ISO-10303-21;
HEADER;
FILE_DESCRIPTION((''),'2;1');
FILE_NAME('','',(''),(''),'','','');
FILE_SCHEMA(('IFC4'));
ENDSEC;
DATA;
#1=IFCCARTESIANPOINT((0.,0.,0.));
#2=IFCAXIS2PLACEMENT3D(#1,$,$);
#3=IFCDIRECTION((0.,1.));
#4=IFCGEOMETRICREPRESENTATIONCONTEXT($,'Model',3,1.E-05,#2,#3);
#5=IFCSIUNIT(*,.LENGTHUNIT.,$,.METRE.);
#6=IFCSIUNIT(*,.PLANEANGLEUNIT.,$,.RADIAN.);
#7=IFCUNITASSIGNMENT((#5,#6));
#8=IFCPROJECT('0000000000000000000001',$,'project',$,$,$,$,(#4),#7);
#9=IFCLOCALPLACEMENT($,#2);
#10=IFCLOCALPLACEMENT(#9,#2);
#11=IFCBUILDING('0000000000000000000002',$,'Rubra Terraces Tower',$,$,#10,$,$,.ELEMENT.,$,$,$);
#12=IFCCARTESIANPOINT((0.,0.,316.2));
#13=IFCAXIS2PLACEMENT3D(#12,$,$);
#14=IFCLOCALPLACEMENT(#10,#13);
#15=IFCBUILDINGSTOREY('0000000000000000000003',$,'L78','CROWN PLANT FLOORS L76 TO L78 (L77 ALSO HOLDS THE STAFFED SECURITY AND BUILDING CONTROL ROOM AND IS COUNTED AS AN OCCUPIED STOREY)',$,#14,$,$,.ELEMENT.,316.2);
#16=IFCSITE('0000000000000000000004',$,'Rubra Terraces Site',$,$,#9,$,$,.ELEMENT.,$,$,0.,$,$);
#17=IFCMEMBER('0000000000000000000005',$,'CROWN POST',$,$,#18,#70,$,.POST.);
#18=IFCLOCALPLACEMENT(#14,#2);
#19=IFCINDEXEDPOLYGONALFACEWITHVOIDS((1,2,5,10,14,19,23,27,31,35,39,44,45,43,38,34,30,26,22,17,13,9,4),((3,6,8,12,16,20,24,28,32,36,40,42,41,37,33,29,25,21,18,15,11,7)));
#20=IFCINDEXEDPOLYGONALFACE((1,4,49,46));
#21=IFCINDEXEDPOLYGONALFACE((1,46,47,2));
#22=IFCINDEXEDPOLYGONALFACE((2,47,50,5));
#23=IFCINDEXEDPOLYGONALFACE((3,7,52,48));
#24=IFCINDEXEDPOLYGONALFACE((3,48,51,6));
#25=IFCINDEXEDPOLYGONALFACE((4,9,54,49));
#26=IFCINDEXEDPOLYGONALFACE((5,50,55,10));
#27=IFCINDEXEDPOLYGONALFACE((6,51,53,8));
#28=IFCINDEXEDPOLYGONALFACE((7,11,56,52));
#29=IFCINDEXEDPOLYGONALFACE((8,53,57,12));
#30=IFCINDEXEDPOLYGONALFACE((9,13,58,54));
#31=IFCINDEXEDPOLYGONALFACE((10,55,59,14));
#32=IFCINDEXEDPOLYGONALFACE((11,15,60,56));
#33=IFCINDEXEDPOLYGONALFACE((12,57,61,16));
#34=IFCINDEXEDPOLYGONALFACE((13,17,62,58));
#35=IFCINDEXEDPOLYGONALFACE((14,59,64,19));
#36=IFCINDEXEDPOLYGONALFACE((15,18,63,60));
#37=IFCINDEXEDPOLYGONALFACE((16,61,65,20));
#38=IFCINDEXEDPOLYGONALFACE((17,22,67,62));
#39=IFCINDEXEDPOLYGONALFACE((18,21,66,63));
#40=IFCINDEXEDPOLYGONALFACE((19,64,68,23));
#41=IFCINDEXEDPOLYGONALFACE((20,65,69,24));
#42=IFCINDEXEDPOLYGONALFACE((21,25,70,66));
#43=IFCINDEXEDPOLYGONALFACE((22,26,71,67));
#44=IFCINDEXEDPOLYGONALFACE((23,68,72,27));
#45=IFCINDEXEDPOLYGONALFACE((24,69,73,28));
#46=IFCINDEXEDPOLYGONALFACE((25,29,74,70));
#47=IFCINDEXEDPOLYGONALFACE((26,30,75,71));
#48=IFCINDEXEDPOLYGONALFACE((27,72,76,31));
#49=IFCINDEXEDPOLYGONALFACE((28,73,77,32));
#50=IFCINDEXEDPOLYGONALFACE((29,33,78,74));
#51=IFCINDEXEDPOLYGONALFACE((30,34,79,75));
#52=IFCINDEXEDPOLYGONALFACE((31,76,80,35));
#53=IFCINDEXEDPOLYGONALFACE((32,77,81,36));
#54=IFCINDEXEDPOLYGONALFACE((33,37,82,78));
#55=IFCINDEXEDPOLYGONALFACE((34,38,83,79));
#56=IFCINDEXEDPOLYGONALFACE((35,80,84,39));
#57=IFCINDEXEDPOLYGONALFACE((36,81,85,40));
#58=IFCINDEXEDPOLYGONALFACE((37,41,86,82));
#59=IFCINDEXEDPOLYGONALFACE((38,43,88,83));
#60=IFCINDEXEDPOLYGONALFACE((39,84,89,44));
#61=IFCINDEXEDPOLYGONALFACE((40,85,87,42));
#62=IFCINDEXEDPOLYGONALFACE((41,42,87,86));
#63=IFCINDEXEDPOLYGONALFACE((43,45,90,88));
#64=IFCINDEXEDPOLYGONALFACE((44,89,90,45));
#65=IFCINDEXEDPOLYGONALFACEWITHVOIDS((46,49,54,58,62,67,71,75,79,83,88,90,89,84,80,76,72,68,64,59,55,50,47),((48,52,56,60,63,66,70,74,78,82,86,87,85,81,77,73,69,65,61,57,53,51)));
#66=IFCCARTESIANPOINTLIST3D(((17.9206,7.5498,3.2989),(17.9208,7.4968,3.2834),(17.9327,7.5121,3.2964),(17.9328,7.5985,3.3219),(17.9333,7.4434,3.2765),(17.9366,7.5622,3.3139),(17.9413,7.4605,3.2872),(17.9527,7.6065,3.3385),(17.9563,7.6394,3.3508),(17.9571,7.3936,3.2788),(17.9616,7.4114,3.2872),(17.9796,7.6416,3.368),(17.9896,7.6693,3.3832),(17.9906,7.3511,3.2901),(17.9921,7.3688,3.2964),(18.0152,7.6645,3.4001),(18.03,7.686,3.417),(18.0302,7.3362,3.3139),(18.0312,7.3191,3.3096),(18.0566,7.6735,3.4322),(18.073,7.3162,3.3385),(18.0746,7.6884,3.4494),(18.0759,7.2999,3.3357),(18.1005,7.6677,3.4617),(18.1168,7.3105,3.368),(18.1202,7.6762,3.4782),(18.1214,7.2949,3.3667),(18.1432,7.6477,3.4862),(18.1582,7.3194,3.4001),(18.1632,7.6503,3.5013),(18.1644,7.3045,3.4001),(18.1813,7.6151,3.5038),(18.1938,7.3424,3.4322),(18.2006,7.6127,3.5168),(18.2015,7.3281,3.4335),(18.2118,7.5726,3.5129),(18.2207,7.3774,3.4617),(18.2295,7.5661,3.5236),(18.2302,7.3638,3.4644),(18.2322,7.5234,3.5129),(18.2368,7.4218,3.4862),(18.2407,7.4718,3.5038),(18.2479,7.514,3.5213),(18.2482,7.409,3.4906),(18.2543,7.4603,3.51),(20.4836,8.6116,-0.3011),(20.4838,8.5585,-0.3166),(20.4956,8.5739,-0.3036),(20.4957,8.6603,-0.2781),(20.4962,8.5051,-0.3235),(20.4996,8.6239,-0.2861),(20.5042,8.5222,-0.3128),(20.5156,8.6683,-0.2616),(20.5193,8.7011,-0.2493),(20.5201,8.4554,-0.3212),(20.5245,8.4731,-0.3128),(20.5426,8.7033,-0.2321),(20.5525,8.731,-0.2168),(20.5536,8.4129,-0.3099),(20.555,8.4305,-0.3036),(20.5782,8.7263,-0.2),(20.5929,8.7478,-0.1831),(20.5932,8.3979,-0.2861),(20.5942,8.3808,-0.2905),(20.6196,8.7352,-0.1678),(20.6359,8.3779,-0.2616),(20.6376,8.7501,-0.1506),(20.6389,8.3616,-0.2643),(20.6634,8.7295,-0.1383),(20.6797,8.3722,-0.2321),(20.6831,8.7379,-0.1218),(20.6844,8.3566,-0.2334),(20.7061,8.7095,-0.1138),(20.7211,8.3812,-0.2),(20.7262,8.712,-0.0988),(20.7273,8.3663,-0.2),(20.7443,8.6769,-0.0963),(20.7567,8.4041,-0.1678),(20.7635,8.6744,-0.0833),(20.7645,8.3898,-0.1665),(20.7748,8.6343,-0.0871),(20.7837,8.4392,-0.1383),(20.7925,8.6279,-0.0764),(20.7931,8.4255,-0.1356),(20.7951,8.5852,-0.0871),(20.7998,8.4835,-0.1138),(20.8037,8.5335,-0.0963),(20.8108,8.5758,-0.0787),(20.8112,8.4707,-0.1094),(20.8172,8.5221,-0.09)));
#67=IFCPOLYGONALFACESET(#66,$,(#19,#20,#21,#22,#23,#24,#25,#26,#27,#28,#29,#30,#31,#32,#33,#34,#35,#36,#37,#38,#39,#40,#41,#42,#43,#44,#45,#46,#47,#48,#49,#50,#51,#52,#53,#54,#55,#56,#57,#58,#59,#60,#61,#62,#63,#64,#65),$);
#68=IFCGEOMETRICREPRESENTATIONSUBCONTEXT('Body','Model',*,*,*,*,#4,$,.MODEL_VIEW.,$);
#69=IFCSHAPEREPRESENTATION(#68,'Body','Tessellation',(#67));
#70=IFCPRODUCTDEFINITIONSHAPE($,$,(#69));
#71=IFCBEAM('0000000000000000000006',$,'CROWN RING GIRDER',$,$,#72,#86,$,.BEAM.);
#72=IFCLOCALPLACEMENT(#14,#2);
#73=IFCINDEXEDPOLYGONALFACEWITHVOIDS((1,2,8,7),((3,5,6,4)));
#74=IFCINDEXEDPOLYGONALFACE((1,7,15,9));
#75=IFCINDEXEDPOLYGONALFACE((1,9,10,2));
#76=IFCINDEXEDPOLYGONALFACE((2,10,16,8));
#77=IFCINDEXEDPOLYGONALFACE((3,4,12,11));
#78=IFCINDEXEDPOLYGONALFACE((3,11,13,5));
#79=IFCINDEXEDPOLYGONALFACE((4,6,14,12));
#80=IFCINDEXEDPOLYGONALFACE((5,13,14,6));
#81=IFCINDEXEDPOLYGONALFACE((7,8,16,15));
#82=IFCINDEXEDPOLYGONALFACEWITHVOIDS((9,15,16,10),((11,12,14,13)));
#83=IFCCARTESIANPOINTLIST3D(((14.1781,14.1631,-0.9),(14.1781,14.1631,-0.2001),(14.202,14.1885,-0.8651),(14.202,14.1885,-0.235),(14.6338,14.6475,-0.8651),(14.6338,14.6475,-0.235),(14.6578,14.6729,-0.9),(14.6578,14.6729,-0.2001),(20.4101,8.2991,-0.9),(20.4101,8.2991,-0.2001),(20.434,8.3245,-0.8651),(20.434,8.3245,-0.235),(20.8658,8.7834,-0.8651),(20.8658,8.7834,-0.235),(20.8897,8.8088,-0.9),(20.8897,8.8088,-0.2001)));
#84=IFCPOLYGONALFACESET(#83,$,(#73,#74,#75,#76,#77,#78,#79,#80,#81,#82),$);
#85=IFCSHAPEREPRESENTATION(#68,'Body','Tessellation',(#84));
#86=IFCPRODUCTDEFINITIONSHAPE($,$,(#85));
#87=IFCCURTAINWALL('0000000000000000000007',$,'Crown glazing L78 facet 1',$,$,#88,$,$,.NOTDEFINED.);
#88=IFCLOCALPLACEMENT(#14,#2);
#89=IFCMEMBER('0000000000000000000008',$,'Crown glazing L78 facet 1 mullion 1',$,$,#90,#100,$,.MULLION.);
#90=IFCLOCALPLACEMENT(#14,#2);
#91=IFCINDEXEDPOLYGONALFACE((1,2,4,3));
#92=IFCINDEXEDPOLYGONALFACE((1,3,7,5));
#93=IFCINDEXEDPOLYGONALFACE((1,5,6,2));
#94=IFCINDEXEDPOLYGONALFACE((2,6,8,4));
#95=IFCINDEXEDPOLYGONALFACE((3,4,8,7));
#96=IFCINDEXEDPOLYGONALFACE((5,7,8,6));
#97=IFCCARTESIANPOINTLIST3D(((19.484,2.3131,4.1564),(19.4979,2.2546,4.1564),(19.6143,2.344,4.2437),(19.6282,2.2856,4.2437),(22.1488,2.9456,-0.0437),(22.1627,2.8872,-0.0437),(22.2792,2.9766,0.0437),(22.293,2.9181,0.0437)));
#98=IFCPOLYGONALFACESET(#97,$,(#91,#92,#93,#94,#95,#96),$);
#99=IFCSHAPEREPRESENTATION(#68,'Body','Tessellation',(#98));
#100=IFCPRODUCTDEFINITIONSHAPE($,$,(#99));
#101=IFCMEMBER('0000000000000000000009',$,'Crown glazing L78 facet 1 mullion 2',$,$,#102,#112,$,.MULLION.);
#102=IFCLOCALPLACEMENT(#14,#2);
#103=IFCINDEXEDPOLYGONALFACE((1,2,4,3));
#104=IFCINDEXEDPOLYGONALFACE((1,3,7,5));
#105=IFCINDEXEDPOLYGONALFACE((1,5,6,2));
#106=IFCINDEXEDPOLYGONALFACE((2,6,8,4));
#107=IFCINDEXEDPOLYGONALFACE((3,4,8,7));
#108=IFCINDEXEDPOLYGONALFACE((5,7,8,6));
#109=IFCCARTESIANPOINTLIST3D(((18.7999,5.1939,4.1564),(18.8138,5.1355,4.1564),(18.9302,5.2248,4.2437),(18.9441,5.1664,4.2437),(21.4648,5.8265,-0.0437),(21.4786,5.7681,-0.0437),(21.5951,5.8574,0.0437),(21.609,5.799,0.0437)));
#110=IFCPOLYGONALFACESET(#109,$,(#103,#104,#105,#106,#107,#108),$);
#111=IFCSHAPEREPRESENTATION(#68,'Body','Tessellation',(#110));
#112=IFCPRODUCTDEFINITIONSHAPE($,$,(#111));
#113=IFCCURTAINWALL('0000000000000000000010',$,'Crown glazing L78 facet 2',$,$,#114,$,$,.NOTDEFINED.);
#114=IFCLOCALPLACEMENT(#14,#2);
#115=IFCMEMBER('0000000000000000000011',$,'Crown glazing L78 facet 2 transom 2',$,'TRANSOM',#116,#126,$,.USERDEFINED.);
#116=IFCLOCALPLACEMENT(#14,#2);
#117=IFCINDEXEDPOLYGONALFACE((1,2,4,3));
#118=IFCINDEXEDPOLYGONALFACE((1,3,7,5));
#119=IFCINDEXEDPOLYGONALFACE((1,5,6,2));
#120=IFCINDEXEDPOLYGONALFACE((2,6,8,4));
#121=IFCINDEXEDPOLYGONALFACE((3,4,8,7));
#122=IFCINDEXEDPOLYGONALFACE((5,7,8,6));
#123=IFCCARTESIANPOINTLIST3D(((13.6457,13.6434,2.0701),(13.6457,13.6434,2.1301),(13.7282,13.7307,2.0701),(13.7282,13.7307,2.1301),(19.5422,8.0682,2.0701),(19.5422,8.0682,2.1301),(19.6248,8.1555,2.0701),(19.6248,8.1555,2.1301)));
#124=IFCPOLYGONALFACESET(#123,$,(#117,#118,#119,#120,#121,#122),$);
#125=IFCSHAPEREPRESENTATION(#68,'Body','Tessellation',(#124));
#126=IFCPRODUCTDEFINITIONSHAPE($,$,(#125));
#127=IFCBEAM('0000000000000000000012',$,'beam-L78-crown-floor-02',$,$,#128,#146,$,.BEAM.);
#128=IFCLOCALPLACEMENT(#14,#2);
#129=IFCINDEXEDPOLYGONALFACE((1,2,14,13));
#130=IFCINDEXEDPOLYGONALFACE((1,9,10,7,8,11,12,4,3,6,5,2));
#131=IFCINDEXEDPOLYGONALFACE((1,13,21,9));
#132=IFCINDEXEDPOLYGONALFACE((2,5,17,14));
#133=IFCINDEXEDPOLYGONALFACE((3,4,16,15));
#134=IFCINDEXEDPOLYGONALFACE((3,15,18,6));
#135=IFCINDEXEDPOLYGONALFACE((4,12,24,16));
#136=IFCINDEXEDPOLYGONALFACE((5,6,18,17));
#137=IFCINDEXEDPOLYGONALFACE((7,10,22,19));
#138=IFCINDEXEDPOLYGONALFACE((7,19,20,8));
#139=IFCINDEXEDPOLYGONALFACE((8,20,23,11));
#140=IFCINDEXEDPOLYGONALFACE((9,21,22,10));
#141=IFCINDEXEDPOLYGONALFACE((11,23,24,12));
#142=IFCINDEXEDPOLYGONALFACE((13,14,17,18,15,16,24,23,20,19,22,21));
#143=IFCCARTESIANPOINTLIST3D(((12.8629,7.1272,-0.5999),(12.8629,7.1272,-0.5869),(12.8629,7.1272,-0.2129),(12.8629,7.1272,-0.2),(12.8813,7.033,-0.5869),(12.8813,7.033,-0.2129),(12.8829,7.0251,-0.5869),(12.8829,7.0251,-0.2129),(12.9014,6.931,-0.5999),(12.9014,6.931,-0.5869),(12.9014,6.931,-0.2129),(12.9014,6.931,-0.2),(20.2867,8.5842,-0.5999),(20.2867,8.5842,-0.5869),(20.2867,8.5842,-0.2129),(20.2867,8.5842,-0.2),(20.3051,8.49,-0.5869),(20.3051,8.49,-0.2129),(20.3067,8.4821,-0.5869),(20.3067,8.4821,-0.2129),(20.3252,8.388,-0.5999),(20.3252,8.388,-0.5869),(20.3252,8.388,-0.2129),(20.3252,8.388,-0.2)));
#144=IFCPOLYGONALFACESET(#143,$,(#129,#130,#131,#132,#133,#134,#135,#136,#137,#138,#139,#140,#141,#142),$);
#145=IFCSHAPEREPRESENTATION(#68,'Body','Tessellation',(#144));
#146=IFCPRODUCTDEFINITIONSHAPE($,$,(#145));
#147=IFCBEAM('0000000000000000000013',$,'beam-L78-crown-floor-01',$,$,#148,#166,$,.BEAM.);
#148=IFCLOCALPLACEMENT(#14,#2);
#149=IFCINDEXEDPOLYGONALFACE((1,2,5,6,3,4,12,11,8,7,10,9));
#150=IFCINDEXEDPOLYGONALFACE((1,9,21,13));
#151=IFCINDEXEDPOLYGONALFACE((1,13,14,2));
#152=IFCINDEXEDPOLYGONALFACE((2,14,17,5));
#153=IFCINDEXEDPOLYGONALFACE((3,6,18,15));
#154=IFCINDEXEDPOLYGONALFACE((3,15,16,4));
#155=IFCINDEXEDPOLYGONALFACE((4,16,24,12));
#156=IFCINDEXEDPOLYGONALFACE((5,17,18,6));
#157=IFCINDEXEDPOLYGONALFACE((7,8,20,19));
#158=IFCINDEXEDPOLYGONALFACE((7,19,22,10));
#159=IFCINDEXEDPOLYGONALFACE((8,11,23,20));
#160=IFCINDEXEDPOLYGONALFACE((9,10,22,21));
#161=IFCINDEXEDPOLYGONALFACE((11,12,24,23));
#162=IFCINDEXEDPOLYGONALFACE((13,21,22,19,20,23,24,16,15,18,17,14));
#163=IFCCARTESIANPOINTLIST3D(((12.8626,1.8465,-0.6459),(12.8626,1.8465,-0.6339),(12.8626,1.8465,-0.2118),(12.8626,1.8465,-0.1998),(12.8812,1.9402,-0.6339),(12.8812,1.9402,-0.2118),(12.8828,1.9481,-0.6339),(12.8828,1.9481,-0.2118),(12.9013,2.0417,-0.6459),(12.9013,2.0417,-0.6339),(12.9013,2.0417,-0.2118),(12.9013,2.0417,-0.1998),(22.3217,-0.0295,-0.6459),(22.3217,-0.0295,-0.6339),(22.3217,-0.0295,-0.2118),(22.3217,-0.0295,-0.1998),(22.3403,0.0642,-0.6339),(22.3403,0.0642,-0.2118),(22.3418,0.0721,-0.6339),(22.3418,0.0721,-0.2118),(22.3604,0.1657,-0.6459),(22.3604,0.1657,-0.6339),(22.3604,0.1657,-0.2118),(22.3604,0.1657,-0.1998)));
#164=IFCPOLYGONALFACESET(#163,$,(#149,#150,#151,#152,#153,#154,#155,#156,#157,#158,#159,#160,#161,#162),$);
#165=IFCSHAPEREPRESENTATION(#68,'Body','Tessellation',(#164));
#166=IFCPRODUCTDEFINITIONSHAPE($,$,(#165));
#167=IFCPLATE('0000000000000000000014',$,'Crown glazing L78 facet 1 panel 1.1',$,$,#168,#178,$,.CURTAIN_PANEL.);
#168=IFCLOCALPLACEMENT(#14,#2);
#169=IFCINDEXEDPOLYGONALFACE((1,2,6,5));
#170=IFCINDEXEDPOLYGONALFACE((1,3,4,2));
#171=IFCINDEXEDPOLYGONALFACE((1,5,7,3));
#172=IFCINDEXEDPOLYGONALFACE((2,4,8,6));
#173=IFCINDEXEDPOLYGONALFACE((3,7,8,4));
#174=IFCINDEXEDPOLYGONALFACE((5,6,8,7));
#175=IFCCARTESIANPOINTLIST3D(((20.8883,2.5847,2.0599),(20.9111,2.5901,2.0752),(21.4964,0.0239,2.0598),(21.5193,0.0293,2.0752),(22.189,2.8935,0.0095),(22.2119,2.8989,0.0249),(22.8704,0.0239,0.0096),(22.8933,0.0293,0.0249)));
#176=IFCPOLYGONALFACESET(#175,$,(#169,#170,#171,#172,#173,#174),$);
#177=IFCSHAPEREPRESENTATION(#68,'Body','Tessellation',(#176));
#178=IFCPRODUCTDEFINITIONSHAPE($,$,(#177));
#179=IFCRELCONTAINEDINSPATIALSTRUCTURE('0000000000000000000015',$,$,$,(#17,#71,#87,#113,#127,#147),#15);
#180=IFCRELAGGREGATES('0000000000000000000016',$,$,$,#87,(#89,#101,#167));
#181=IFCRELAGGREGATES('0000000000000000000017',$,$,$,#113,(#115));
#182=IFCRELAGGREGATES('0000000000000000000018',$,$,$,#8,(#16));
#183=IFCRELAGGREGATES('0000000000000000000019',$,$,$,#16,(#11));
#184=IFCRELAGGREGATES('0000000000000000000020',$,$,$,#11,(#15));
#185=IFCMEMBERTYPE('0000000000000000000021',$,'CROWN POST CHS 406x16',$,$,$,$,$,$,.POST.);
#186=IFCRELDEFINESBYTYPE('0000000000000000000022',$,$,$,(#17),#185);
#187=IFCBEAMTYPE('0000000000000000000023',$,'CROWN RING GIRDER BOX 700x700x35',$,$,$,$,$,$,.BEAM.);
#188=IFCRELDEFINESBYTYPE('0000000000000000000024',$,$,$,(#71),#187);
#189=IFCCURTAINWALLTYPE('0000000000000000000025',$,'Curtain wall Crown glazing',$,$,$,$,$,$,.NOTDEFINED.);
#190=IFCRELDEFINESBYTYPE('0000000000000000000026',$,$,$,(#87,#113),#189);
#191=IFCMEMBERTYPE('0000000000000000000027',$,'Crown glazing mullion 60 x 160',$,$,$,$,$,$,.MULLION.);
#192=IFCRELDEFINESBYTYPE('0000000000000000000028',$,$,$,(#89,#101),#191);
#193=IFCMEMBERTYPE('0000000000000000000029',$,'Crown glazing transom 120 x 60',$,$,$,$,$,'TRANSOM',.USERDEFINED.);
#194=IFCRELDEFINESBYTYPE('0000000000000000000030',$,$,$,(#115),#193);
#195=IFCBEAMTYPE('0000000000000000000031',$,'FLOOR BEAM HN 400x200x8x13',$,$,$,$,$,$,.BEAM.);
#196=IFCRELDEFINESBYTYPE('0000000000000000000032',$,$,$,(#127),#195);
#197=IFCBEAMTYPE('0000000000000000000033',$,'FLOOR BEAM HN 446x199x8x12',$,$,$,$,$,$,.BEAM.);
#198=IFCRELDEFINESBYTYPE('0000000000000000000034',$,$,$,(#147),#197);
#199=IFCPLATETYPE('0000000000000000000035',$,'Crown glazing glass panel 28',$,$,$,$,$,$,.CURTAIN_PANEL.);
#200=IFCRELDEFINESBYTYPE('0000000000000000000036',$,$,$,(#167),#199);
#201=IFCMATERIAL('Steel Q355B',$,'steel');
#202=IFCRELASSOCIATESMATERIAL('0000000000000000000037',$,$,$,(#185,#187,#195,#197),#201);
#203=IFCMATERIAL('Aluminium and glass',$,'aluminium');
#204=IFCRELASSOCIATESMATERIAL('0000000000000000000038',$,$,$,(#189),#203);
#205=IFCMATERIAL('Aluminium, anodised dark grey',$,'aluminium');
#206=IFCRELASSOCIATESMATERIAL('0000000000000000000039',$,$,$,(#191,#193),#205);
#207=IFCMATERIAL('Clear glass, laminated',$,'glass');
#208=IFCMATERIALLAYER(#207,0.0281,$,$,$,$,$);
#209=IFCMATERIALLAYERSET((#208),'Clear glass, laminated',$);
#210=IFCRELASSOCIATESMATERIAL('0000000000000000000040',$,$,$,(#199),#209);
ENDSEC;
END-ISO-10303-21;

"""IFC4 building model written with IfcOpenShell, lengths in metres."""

from ifc_helpers import new_model, si_unit, direction, frame, origin, origin_2d, place, context, subcontext, project, spatial, polyline, rectangle, hollow_rectangle, hollow_circle, i_section, outline, extrude, material, layer, layer_set, material_profile, profile_set, type_object, element, aggregate, save


model = new_model("IFC4")

# Units and contexts
model_context = context("Model", 3, precision=1e-05, world=origin(), true_north=direction((0.0, 1.0)))
body_context = subcontext(model_context, "Body", "Model", "MODEL_VIEW")
ifc_project = project(units=[si_unit("LENGTHUNIT", "METRE"), si_unit("PLANEANGLEUNIT", "RADIAN")], contexts=[model_context])

# Site, building, storey
site_placement = place(None, origin())
site = spatial("IfcSite", under=ifc_project, at=site_placement, Name="Rubra Terraces Site", CompositionType="ELEMENT", RefElevation=0.0)
building_placement = place(site_placement, origin())
building = spatial("IfcBuilding", under=site, at=building_placement, Name="Rubra Terraces Tower", CompositionType="ELEMENT")
storey_placement = place(building_placement, frame((0.0, 0.0, 316.2)))
storey = spatial("IfcBuildingStorey", under=building, at=storey_placement, Name="L78", Description="CROWN PLANT FLOORS L76 TO L78 (L77 ALSO HOLDS THE STAFFED SECURITY AND BUILDING CONTROL ROOM AND IS COUNTED AS AN OCCUPIED STOREY)", CompositionType="ELEMENT", Elevation=316.2)

# Member
ifc_material_1 = material(Name="Steel Q355B", Category="steel")
ifc_material_profile_1 = material_profile(ifc_material_1, hollow_circle(Radius=0.2029, WallThickness=0.0161, at=origin_2d()), Name="CHS 406x16")
ifc_profile_set_1 = profile_set([ifc_material_profile_1], Name="Steel Q355B")
member_type_1 = type_object("IfcMemberType", Name="CROWN POST CHS 406x16", PredefinedType="POST", material=ifc_profile_set_1)
member_1_placement = place(storey_placement, frame((20.6497, 8.5537, -0.2), z_axis=(-0.563915, -0.233613, 0.792102), x_axis=(0.382727, -0.923861, 0.0)))
element("IfcMember", 1, at=member_1_placement, inside=storey, type_object=member_type_1, Name="CROWN POST", PredefinedType="POST", context=body_context, shape_type="SweptSolid", body=[
    extrude(hollow_circle(Radius=0.2029, WallThickness=0.0161, at=origin_2d()), origin(), (0.0, 0.0, 1.0), 4.5449),
])

# Beam
ifc_material_profile_2 = material_profile(ifc_material_1, hollow_rectangle(XDim=0.7, YDim=0.7, WallThickness=0.0349, at=origin_2d()), Name="BOX 700x700x35")
ifc_profile_set_2 = profile_set([ifc_material_profile_2], Name="Steel Q355B")
beam_type_1 = type_object("IfcBeamType", Name="CROWN RING GIRDER BOX 700x700x35", PredefinedType="BEAM", material=ifc_profile_set_2)
beam_1_placement = place(storey_placement, frame((20.6499, 8.554, -0.55), z_axis=(-0.728278, 0.685282, 0.0), x_axis=(-0.685282, -0.728278, 0.0)))
element("IfcBeam", 2, at=beam_1_placement, inside=storey, type_object=beam_type_1, Name="CROWN RING GIRDER", PredefinedType="BEAM", context=body_context, shape_type="SweptSolid", body=[
    extrude(hollow_rectangle(XDim=0.7, YDim=0.7, WallThickness=0.0349, at=origin_2d()), origin(), (0.0, 0.0, 1.0), 8.5571),
])

# Curtain wall, members
ifc_material_2 = material(Name="Aluminium and glass", Category="aluminium")
curtain_wall_type = type_object("IfcCurtainWallType", Name="Curtain wall Crown glazing", PredefinedType="NOTDEFINED", material=ifc_material_2)
curtain_wall_1_placement = place(storey_placement, origin())
curtain_wall_1 = element("IfcCurtainWall", 3, at=curtain_wall_1_placement, inside=storey, type_object=curtain_wall_type, Name="Crown glazing L78 facet 1", PredefinedType="NOTDEFINED")
ifc_material_3 = material(Name="Aluminium, anodised dark grey", Category="aluminium")
ifc_material_profile_3 = material_profile(ifc_material_3, rectangle(XDim=0.0601, YDim=0.1599, at=origin_2d()), Name="AL 60x160")
ifc_profile_set_3 = profile_set([ifc_material_profile_3], Name="Aluminium, anodised dark grey")
member_type_2 = type_object("IfcMemberType", Name="Crown glazing mullion 60 x 160", PredefinedType="MULLION", material=ifc_profile_set_3)
member_2_placement = place(storey_placement, frame((22.2209, 2.9319, 0.0), z_axis=(-0.531464, -0.126159, 0.837634), x_axis=(0.230962, -0.972963, 0.0)))
member_2 = element("IfcMember", 4, at=member_2_placement, type_object=member_type_2, Name="Crown glazing L78 facet 1 mullion 1", PredefinedType="MULLION", context=body_context, shape_type="SweptSolid", body=[
    extrude(rectangle(XDim=0.0601, YDim=0.1599, at=origin_2d()), origin(), (0.0, 0.0, 1.0), 5.0142),
])
member_3_placement = place(storey_placement, frame((21.5369, 5.8127, 0.0), z_axis=(-0.531464, -0.126159, 0.837634), x_axis=(0.230962, -0.972963, 0.0)))
member_3 = element("IfcMember", 5, at=member_3_placement, type_object=member_type_2, Name="Crown glazing L78 facet 1 mullion 2", PredefinedType="MULLION", context=body_context, shape_type="SweptSolid", body=[
    extrude(rectangle(XDim=0.0601, YDim=0.1599, at=origin_2d()), origin(), (0.0, 0.0, 1.0), 5.0142),
])

# Curtain wall, member
curtain_wall_2_placement = place(storey_placement, origin())
curtain_wall_2 = element("IfcCurtainWall", 6, at=curtain_wall_2_placement, inside=storey, type_object=curtain_wall_type, Name="Crown glazing L78 facet 2", PredefinedType="NOTDEFINED")
ifc_material_profile_4 = material_profile(ifc_material_3, rectangle(XDim=0.1201, YDim=0.0601, at=origin_2d()), Name="AL 120x60")
ifc_profile_set_4 = profile_set([ifc_material_profile_4], Name="Aluminium, anodised dark grey")
member_type_3 = type_object("IfcMemberType", Name="Crown glazing transom 120 x 60", ElementType="TRANSOM", PredefinedType="USERDEFINED", material=ifc_profile_set_4)
member_4_placement = place(storey_placement, frame((19.5835, 8.1118, 2.1001), z_axis=(-0.726626, 0.687033, 0.0), x_axis=(-0.687033, -0.726626, 0.0)))
member_4 = element("IfcMember", 7, at=member_4_placement, type_object=member_type_3, Name="Crown glazing L78 facet 2 transom 2", ObjectType="TRANSOM", PredefinedType="USERDEFINED", context=body_context, shape_type="SweptSolid", body=[
    extrude(rectangle(XDim=0.1201, YDim=0.0601, at=origin_2d()), origin(), (0.0, 0.0, 1.0), 8.115),
])

# Beams
ifc_material_profile_5 = material_profile(ifc_material_1, i_section(OverallWidth=0.2, OverallDepth=0.3999, WebThickness=0.0081, FlangeThickness=0.0129, at=origin_2d()), Name="HN 400x200x8x13")
ifc_profile_set_5 = profile_set([ifc_material_profile_5], Name="Steel Q355B")
beam_type_2 = type_object("IfcBeamType", Name="FLOOR BEAM HN 400x200x8x13", PredefinedType="BEAM", material=ifc_profile_set_5)
beam_2_placement = place(storey_placement, frame((20.3059, 8.4861, -0.3999), z_axis=(-0.981279, -0.19259, 0.0), x_axis=(0.19259, -0.981279, 0.0)))
element("IfcBeam", 8, at=beam_2_placement, inside=storey, type_object=beam_type_2, Name="beam-L78-crown-floor-02", PredefinedType="BEAM", context=body_context, shape_type="SweptSolid", body=[
    extrude(i_section(OverallWidth=0.2, OverallDepth=0.3999, WebThickness=0.0081, FlangeThickness=0.0129, at=origin_2d()), origin(), (0.0, 0.0, 1.0), 7.5654),
])
ifc_material_profile_6 = material_profile(ifc_material_1, i_section(OverallWidth=0.199, OverallDepth=0.446, WebThickness=0.0081, FlangeThickness=0.012, at=origin_2d()), Name="HN 446x199x8x12")
ifc_profile_set_6 = profile_set([ifc_material_profile_6], Name="Steel Q355B")
beam_type_3 = type_object("IfcBeamType", Name="FLOOR BEAM HN 446x199x8x12", PredefinedType="BEAM", material=ifc_profile_set_6)
beam_3_placement = place(storey_placement, frame((22.3411, 0.0681, -0.4229), z_axis=(-0.980895, 0.194538, 0.0), x_axis=(-0.194538, -0.980895, 0.0)))
element("IfcBeam", 9, at=beam_3_placement, inside=storey, type_object=beam_type_3, Name="beam-L78-crown-floor-01", PredefinedType="BEAM", context=body_context, shape_type="SweptSolid", body=[
    extrude(i_section(OverallWidth=0.199, OverallDepth=0.446, WebThickness=0.0081, FlangeThickness=0.012, at=origin_2d()), origin(), (0.0, 0.0, 1.0), 9.6433),
])

# Plate
ifc_material_4 = material(Name="Clear glass, laminated", Category="glass")
ifc_layer_1 = layer(ifc_material_4, 0.0281)
ifc_layer_set_1 = layer_set([ifc_layer_1], Name="Clear glass, laminated")
plate_type = type_object("IfcPlateType", Name="Crown glazing glass panel 28", PredefinedType="CURTAIN_PANEL", material=ifc_layer_set_1)
plate_1_placement = place(storey_placement, frame((22.8933, 0.0293, 0.0249), z_axis=(0.814994, 0.193535, 0.546195), x_axis=(-0.231038, 0.972945, -0.000007)))
plate_1 = element("IfcPlate", 10, at=plate_1_placement, type_object=plate_type, Name="Crown glazing L78 facet 1 panel 1.1", PredefinedType="CURTAIN_PANEL", context=body_context, shape_type="SweptSolid", body=[
    extrude(outline(polyline([(0.0, 0.0), (2.9494, 0.0), (2.9495, 2.4477), (0.3174, 2.4476), (0.0, 0.0)])), origin(), (0.0, 0.0, -1.0), 0.0281),
])
aggregate(curtain_wall_1, [member_2, member_3, plate_1])
aggregate(curtain_wall_2, [member_4])

save(model, "model.ifc")
